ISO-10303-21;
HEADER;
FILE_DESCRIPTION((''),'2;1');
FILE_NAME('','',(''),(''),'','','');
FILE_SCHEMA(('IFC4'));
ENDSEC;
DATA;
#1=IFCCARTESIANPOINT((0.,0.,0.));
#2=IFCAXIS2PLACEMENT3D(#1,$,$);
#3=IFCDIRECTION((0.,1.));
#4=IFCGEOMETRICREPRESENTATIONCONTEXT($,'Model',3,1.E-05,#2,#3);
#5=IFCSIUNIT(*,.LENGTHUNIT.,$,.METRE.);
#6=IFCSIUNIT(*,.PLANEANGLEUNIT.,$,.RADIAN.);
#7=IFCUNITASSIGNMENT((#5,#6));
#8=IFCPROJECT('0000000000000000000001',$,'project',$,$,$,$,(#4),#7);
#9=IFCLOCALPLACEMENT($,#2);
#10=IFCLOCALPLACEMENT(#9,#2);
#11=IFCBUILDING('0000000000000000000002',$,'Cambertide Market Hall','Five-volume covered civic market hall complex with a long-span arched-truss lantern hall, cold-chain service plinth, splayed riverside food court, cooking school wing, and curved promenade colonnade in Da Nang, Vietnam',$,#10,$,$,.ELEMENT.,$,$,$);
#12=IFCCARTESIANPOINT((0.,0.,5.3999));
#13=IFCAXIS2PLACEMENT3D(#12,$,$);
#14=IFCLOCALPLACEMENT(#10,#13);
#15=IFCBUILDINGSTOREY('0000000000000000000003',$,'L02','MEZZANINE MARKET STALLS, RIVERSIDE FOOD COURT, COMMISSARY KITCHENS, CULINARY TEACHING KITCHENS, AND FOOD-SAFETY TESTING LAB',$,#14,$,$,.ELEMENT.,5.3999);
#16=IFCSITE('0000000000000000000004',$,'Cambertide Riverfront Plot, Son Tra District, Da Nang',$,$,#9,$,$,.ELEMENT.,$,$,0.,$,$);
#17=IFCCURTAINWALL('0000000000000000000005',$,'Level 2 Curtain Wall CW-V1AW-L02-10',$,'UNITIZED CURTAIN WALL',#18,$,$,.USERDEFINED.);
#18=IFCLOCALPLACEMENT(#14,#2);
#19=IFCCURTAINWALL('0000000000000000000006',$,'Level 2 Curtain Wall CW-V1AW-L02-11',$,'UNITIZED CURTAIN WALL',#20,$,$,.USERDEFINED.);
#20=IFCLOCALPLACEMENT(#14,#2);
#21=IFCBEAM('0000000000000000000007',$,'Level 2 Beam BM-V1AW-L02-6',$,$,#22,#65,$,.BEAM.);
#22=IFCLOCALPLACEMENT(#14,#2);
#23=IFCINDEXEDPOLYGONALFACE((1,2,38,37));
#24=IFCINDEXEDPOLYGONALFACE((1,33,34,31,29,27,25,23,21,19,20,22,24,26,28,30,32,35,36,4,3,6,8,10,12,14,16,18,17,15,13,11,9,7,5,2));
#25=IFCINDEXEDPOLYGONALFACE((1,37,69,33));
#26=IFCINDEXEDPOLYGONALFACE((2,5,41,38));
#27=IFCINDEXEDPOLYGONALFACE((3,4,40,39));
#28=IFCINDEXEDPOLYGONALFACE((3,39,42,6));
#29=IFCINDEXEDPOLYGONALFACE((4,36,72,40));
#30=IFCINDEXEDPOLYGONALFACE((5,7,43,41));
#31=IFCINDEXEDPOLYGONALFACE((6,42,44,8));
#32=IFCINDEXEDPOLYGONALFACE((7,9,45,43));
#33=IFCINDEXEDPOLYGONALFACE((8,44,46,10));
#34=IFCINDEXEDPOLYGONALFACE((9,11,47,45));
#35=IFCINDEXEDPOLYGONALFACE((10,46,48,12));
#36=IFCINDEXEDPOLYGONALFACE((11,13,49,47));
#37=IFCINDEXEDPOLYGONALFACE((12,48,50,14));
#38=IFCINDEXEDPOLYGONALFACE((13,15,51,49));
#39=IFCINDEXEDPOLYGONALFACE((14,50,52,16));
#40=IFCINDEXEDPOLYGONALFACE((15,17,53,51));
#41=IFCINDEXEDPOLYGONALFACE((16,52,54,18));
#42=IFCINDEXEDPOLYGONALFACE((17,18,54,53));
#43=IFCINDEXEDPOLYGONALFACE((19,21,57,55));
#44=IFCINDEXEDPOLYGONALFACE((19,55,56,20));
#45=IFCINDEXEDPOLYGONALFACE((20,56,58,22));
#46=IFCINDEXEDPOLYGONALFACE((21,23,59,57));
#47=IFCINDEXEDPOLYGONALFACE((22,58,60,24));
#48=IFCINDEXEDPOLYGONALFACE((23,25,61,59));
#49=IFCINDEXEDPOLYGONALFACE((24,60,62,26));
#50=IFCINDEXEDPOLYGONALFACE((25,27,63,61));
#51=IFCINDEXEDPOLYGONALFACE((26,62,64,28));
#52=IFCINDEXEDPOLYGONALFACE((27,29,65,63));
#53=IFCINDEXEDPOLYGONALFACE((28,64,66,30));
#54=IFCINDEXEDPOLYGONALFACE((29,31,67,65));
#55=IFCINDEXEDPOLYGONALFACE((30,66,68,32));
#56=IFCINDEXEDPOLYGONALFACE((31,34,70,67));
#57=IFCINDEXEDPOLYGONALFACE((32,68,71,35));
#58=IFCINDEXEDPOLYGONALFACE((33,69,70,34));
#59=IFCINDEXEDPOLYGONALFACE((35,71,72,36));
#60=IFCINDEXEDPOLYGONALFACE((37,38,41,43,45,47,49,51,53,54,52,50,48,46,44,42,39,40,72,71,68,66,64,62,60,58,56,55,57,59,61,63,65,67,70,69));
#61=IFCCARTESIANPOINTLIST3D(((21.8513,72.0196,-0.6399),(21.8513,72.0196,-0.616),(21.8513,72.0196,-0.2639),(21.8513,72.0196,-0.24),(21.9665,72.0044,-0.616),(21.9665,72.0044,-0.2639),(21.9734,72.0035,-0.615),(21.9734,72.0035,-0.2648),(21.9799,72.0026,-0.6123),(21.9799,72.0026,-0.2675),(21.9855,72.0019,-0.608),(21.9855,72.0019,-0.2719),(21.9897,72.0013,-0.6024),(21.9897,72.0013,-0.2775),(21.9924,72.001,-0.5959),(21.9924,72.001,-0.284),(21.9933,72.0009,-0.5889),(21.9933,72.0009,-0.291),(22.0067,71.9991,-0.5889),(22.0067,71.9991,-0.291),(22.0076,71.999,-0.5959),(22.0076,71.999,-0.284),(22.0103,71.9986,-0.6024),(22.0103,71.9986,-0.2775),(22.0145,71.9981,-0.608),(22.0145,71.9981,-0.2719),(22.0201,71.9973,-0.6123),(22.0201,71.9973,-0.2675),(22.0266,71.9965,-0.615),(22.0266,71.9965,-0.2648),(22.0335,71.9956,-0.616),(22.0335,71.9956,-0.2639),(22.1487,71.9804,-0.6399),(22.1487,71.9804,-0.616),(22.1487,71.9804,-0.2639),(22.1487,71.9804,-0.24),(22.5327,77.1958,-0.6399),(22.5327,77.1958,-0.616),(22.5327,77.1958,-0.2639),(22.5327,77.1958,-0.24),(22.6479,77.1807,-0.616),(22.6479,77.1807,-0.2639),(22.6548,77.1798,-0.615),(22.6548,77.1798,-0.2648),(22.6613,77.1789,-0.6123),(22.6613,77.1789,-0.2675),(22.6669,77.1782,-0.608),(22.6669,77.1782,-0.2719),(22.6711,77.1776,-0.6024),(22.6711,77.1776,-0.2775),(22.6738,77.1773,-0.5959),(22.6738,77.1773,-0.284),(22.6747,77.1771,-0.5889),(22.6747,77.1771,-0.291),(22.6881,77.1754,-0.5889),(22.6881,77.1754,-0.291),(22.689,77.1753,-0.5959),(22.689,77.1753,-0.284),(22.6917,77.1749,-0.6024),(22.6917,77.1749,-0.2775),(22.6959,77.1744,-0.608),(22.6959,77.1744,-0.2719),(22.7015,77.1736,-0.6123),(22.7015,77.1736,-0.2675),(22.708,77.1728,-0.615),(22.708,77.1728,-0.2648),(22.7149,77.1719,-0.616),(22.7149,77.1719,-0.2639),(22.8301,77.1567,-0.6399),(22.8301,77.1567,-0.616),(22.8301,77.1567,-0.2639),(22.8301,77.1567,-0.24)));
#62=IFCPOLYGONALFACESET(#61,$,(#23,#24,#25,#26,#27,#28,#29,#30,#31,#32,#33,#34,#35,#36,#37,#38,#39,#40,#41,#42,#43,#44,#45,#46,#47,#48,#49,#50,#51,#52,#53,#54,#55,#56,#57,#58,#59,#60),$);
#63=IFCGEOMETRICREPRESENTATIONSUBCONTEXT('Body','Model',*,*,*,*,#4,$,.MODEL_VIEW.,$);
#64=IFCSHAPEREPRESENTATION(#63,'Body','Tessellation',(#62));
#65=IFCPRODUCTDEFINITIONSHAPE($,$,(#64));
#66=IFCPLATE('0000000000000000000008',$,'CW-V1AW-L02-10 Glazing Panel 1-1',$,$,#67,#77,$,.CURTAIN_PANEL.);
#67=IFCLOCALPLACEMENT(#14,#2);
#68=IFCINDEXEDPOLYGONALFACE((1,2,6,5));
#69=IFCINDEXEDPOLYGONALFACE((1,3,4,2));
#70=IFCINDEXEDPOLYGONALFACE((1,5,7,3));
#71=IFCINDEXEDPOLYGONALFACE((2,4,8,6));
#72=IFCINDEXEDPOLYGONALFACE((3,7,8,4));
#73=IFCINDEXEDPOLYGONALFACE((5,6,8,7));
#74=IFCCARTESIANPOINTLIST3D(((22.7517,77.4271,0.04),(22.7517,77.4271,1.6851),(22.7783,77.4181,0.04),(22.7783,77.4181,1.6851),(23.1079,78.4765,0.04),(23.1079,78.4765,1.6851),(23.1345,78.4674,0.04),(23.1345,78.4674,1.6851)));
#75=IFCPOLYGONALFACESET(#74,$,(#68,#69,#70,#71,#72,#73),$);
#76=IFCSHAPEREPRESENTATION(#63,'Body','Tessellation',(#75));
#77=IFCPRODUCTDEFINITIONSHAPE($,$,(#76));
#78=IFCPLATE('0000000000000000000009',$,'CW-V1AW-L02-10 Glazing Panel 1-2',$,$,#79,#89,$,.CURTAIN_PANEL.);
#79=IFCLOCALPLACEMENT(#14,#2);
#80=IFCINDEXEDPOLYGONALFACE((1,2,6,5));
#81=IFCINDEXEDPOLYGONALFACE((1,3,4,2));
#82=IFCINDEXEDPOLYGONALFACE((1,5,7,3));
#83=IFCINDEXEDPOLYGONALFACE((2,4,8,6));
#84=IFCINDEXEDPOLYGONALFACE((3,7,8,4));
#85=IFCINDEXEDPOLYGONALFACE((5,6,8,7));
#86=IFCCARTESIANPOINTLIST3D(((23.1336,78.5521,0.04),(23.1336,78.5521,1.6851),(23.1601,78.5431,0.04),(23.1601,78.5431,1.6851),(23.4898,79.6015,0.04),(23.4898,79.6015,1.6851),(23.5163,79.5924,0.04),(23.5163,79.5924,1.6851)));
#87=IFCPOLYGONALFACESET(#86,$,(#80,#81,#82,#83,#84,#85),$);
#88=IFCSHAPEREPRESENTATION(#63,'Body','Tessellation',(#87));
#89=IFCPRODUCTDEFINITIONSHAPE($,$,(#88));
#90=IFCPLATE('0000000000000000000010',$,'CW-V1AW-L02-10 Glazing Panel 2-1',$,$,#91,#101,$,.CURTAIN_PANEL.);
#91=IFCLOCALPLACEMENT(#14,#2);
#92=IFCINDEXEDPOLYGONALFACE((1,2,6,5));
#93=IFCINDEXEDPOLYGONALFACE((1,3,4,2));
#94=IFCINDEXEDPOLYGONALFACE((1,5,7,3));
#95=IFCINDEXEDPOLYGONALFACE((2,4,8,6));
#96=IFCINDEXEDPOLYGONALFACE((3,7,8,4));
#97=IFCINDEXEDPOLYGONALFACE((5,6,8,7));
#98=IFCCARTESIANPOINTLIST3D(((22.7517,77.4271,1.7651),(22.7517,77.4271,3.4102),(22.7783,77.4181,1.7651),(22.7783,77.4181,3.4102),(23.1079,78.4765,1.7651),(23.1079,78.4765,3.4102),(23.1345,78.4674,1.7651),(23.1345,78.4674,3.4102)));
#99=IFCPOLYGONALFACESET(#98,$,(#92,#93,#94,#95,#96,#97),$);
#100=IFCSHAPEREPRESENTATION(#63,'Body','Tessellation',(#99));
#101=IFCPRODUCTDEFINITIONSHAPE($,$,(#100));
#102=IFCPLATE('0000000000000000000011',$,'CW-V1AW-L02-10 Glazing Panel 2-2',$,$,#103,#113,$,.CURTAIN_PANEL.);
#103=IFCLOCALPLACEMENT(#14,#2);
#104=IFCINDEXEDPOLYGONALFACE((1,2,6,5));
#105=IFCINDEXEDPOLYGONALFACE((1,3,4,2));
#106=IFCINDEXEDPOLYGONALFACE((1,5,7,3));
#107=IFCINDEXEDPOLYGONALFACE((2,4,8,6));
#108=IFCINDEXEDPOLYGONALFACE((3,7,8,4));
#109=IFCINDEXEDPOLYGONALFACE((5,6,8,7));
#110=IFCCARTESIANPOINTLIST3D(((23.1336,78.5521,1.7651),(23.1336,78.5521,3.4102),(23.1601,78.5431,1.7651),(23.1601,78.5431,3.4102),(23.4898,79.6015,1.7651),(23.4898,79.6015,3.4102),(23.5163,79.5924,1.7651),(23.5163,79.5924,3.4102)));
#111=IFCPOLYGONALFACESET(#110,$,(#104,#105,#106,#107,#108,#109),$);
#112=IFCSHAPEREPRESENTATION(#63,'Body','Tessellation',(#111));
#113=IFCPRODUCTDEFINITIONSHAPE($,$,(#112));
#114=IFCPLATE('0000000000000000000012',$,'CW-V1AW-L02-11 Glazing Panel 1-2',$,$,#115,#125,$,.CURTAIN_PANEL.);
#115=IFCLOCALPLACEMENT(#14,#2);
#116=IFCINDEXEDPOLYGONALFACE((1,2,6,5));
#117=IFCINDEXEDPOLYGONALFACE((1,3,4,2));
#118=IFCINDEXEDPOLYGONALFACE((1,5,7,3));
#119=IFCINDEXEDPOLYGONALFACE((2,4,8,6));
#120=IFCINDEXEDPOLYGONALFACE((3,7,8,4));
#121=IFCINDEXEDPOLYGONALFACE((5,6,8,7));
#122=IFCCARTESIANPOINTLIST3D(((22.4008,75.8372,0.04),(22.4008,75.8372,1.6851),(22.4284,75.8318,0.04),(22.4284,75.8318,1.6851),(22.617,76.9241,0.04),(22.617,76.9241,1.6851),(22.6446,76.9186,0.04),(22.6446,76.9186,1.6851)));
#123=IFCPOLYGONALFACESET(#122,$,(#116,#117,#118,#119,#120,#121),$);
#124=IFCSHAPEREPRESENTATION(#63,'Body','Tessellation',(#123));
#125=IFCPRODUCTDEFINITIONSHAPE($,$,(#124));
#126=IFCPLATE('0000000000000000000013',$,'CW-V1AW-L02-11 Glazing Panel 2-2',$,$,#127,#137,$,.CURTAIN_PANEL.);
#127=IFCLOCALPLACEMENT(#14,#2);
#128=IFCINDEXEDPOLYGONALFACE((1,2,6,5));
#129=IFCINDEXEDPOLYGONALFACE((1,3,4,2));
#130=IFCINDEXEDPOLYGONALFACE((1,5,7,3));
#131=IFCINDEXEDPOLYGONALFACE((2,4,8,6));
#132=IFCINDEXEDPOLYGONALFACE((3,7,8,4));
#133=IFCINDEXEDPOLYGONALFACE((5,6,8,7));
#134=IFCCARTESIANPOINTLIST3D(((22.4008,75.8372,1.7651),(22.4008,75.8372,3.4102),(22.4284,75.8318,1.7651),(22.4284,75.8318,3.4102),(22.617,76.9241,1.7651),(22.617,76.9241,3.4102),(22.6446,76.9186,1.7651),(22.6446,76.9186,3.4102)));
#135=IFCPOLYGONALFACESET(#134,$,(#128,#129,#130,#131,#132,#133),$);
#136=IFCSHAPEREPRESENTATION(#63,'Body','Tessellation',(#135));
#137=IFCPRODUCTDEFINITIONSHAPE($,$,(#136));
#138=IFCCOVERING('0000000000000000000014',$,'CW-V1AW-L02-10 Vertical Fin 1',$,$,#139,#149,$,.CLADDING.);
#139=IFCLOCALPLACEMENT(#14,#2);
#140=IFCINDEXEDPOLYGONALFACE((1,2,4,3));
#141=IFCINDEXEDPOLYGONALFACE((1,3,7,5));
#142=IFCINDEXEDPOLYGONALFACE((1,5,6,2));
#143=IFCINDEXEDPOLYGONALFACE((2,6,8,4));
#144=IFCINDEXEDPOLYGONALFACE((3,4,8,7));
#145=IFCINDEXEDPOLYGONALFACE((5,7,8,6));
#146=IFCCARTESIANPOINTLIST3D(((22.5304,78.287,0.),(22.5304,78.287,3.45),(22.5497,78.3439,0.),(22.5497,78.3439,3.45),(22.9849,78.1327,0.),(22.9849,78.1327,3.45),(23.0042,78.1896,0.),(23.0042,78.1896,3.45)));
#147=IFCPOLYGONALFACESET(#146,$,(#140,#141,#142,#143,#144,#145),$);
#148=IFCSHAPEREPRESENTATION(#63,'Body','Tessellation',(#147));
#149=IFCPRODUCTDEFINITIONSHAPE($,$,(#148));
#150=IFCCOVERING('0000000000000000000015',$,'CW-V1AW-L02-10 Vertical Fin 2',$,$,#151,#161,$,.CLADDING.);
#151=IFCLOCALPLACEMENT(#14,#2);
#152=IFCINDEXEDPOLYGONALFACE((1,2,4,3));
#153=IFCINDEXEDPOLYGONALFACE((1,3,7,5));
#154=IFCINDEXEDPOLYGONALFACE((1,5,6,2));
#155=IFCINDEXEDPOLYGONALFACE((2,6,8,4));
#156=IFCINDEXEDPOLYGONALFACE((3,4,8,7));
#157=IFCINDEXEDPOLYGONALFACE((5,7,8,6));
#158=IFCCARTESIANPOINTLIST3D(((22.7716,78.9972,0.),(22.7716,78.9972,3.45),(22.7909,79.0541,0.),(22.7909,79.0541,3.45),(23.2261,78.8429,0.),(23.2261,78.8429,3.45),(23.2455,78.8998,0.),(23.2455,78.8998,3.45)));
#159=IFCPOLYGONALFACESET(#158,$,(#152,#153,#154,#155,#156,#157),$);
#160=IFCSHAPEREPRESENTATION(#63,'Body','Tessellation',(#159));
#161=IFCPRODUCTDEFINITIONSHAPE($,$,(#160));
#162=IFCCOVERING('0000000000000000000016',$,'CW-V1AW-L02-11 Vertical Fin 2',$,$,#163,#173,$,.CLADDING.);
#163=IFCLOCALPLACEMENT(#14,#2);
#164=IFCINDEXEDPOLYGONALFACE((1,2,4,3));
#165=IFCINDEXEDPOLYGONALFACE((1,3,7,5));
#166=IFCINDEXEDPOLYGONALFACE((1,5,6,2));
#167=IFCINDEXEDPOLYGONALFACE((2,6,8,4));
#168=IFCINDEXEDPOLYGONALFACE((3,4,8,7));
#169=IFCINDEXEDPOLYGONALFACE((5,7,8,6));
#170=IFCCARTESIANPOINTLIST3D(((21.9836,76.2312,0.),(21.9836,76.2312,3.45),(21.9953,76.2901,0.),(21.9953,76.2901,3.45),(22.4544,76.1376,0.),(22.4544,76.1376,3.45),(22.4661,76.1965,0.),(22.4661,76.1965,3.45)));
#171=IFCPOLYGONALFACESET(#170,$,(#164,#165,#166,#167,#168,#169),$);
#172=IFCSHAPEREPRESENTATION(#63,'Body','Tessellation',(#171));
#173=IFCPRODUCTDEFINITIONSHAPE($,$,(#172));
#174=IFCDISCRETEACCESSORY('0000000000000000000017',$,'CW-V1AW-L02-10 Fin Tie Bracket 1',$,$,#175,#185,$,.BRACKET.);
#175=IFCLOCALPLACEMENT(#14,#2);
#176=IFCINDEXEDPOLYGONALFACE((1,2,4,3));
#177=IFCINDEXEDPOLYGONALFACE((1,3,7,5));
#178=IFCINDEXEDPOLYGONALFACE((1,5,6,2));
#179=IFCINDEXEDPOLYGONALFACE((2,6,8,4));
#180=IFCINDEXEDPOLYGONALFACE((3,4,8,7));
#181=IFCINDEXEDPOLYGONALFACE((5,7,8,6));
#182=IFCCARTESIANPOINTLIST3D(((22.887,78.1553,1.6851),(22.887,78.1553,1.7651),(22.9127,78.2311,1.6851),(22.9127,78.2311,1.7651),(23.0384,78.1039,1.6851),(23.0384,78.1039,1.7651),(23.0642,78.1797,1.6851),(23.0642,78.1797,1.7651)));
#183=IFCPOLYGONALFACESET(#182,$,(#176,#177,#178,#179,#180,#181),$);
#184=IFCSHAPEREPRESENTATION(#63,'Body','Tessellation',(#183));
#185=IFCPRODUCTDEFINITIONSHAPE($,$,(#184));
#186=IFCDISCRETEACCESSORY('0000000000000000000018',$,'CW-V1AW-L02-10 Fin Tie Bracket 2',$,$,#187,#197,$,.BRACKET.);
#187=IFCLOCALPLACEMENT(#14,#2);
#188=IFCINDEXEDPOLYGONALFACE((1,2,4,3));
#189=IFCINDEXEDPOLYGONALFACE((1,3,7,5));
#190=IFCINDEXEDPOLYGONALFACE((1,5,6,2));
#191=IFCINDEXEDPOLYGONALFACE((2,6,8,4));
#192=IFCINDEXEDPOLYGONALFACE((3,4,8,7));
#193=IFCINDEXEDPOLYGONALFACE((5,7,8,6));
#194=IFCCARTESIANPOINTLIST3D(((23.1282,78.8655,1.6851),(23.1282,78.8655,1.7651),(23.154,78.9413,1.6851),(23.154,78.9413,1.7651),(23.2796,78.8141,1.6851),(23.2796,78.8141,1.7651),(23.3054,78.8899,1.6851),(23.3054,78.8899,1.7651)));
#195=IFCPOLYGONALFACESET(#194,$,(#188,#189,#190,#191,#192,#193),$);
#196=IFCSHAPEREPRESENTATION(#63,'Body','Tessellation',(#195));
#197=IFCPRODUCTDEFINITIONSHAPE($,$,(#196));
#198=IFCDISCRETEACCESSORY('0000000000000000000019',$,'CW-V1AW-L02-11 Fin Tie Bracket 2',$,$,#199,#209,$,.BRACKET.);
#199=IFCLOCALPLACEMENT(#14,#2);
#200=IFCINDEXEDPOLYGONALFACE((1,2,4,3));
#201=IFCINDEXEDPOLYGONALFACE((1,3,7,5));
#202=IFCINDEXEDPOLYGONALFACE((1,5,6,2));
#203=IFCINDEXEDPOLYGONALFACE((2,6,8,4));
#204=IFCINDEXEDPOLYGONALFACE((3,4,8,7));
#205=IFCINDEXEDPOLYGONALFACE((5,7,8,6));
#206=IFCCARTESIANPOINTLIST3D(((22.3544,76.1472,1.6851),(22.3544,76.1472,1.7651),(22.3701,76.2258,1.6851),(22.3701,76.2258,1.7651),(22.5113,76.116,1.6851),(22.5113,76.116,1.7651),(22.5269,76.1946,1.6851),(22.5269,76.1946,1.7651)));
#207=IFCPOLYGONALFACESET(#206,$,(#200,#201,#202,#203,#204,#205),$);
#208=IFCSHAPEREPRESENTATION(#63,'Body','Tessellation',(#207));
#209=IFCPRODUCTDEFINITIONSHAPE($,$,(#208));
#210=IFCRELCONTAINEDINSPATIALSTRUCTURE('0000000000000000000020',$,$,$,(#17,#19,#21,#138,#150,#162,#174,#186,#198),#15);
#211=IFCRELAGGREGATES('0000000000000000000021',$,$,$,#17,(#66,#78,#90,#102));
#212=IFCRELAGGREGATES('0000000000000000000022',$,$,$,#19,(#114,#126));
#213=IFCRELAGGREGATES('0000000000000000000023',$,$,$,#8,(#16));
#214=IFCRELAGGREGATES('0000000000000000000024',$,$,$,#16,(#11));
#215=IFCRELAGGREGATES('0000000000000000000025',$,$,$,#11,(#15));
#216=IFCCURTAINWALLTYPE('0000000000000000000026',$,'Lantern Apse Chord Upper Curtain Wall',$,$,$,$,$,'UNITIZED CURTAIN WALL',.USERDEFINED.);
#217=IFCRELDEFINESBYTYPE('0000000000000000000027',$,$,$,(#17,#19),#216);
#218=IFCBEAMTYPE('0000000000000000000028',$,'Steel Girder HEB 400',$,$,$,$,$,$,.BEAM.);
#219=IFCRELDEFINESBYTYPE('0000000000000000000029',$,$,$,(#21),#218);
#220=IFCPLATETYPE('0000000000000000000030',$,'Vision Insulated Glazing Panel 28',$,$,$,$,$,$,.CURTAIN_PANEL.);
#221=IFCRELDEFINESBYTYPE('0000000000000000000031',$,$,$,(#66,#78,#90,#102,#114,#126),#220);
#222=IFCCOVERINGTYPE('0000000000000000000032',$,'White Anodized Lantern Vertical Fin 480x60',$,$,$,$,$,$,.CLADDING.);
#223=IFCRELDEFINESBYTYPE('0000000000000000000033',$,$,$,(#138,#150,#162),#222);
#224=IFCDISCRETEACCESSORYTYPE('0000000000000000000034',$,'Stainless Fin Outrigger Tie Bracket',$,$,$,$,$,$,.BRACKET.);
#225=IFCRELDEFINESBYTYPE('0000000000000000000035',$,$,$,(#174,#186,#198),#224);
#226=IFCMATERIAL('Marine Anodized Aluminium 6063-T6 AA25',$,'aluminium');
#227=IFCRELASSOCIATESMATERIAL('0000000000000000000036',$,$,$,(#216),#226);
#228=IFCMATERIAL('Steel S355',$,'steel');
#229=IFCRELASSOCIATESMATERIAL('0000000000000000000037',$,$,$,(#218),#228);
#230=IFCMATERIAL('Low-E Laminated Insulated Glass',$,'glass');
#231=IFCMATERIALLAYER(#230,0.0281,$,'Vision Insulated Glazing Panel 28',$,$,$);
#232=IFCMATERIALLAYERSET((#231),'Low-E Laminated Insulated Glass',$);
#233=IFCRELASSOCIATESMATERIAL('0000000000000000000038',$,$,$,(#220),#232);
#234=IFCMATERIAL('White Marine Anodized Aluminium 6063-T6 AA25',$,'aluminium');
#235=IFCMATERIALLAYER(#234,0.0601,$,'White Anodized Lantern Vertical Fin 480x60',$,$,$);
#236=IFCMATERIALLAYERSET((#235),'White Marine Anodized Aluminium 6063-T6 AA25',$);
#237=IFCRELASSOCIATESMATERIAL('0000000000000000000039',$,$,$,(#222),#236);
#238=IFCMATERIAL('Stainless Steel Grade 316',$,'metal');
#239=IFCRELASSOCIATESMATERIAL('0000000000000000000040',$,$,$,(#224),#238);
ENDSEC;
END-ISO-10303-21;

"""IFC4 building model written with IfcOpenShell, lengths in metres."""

from ifc_helpers import new_model, si_unit, direction, frame, origin, origin_2d, place, context, subcontext, project, spatial, rectangle, i_section, extrude, material, layer, layer_set, material_profile, profile_set, type_object, element, aggregate, save


model = new_model("IFC4")

# Units and contexts
model_context = context("Model", 3, precision=1e-05, world=origin(), true_north=direction((0.0, 1.0)))
body_context = subcontext(model_context, "Body", "Model", "MODEL_VIEW")
ifc_project = project(units=[si_unit("LENGTHUNIT", "METRE"), si_unit("PLANEANGLEUNIT", "RADIAN")], contexts=[model_context])

# Site, building, storey
site_placement = place(None, origin())
site = spatial("IfcSite", under=ifc_project, at=site_placement, Name="Cambertide Riverfront Plot, Son Tra District, Da Nang", CompositionType="ELEMENT", RefElevation=0.0)
building_placement = place(site_placement, origin())
building = spatial("IfcBuilding", under=site, at=building_placement, Name="Cambertide Market Hall", Description="Five-volume covered civic market hall complex with a long-span arched-truss lantern hall, cold-chain service plinth, splayed riverside food court, cooking school wing, and curved promenade colonnade in Da Nang, Vietnam", CompositionType="ELEMENT")
storey_placement = place(building_placement, frame((0.0, 0.0, 5.3999)))
storey = spatial("IfcBuildingStorey", under=building, at=storey_placement, Name="L02", Description="MEZZANINE MARKET STALLS, RIVERSIDE FOOD COURT, COMMISSARY KITCHENS, CULINARY TEACHING KITCHENS, AND FOOD-SAFETY TESTING LAB", CompositionType="ELEMENT", Elevation=5.3999)

# Shared definitions
ifc_material_1 = material(Name="Marine Anodized Aluminium 6063-T6 AA25", Category="aluminium")
curtain_wall_type = type_object("IfcCurtainWallType", Name="Lantern Apse Chord Upper Curtain Wall", ElementType="UNITIZED CURTAIN WALL", PredefinedType="USERDEFINED", material=ifc_material_1)

# Curtain wall
curtain_wall_1_placement = place(storey_placement, origin())
curtain_wall_1 = element("IfcCurtainWall", 1, at=curtain_wall_1_placement, inside=storey, type_object=curtain_wall_type, Name="Level 2 Curtain Wall CW-V1AW-L02-10", ObjectType="UNITIZED CURTAIN WALL", PredefinedType="USERDEFINED")

# Curtain wall
curtain_wall_2_placement = place(storey_placement, origin())
curtain_wall_2 = element("IfcCurtainWall", 2, at=curtain_wall_2_placement, inside=storey, type_object=curtain_wall_type, Name="Level 2 Curtain Wall CW-V1AW-L02-11", ObjectType="UNITIZED CURTAIN WALL", PredefinedType="USERDEFINED")

# Beam
ifc_material_2 = material(Name="Steel S355", Category="steel")
ifc_material_profile_1 = material_profile(ifc_material_2, i_section(OverallWidth=0.3, OverallDepth=0.3999, WebThickness=0.0134, FlangeThickness=0.0239, FilletRadius=0.0271, at=origin_2d()), Name="HEB 400")
ifc_profile_set_1 = profile_set([ifc_material_profile_1], Name="Steel S355")
beam_type_1 = type_object("IfcBeamType", Name="Steel Girder HEB 400", PredefinedType="BEAM", material=ifc_profile_set_1)
beam_1_placement = place(storey_placement, frame((22.6814, 77.1763, -0.4399), z_axis=(-0.130513, -0.991447, 0.0), x_axis=(0.991447, -0.130513, 0.0)))
element("IfcBeam", 3, at=beam_1_placement, inside=storey, type_object=beam_type_1, Name="Level 2 Beam BM-V1AW-L02-6", PredefinedType="BEAM", context=body_context, shape_type="SweptSolid", body=[
    extrude(i_section(OverallWidth=0.3, OverallDepth=0.3999, WebThickness=0.0134, FlangeThickness=0.0239, FilletRadius=0.0271, at=origin_2d()), origin(), (0.0, 0.0, 1.0), 5.2209),
])

# Plates
ifc_material_3 = material(Name="Low-E Laminated Insulated Glass", Category="glass")
ifc_layer_1 = layer(ifc_material_3, 0.0281, Name="Vision Insulated Glazing Panel 28")
ifc_layer_set_1 = layer_set([ifc_layer_1], Name="Low-E Laminated Insulated Glass")
plate_type = type_object("IfcPlateType", Name="Vision Insulated Glazing Panel 28", PredefinedType="CURTAIN_PANEL", material=ifc_layer_set_1)
plate_1_placement = place(storey_placement, frame((22.9431, 77.9473, 0.04), z_axis=(0.0, 0.0, 1.0), x_axis=(0.321439, 0.94693, 0.0)))
plate_1 = element("IfcPlate", 4, at=plate_1_placement, type_object=plate_type, Name="CW-V1AW-L02-10 Glazing Panel 1-1", PredefinedType="CURTAIN_PANEL", context=body_context, shape_type="SweptSolid", body=[
    extrude(rectangle(XDim=1.1082, YDim=0.0281, at=origin_2d()), origin(), (0.0, 0.0, 1.0), 1.645),
])
plate_2_placement = place(storey_placement, frame((23.325, 79.0723, 0.04), z_axis=(0.0, 0.0, 1.0), x_axis=(0.321439, 0.94693, 0.0)))
plate_2 = element("IfcPlate", 5, at=plate_2_placement, type_object=plate_type, Name="CW-V1AW-L02-10 Glazing Panel 1-2", PredefinedType="CURTAIN_PANEL", context=body_context, shape_type="SweptSolid", body=[
    extrude(rectangle(XDim=1.1082, YDim=0.0281, at=origin_2d()), origin(), (0.0, 0.0, 1.0), 1.645),
])
plate_3_placement = place(storey_placement, frame((22.9431, 77.9473, 1.7651), z_axis=(0.0, 0.0, 1.0), x_axis=(0.321439, 0.94693, 0.0)))
plate_3 = element("IfcPlate", 6, at=plate_3_placement, type_object=plate_type, Name="CW-V1AW-L02-10 Glazing Panel 2-1", PredefinedType="CURTAIN_PANEL", context=body_context, shape_type="SweptSolid", body=[
    extrude(rectangle(XDim=1.1082, YDim=0.0281, at=origin_2d()), origin(), (0.0, 0.0, 1.0), 1.645),
])
plate_4_placement = place(storey_placement, frame((23.325, 79.0723, 1.7651), z_axis=(0.0, 0.0, 1.0), x_axis=(0.321439, 0.94693, 0.0)))
plate_4 = element("IfcPlate", 7, at=plate_4_placement, type_object=plate_type, Name="CW-V1AW-L02-10 Glazing Panel 2-2", PredefinedType="CURTAIN_PANEL", context=body_context, shape_type="SweptSolid", body=[
    extrude(rectangle(XDim=1.1082, YDim=0.0281, at=origin_2d()), origin(), (0.0, 0.0, 1.0), 1.645),
])
aggregate(curtain_wall_1, [plate_1, plate_2, plate_3, plate_4])
plate_5_placement = place(storey_placement, frame((22.5227, 76.3779, 0.04), z_axis=(0.0, 0.0, 1.0), x_axis=(0.19509, 0.980785, 0.0)))
plate_5 = element("IfcPlate", 8, at=plate_5_placement, type_object=plate_type, Name="CW-V1AW-L02-11 Glazing Panel 1-2", PredefinedType="CURTAIN_PANEL", context=body_context, shape_type="SweptSolid", body=[
    extrude(rectangle(XDim=1.1082, YDim=0.0281, at=origin_2d()), origin(), (0.0, 0.0, 1.0), 1.645),
])
plate_6_placement = place(storey_placement, frame((22.5227, 76.3779, 1.7651), z_axis=(0.0, 0.0, 1.0), x_axis=(0.19509, 0.980785, 0.0)))
plate_6 = element("IfcPlate", 9, at=plate_6_placement, type_object=plate_type, Name="CW-V1AW-L02-11 Glazing Panel 2-2", PredefinedType="CURTAIN_PANEL", context=body_context, shape_type="SweptSolid", body=[
    extrude(rectangle(XDim=1.1082, YDim=0.0281, at=origin_2d()), origin(), (0.0, 0.0, 1.0), 1.645),
])
aggregate(curtain_wall_2, [plate_5, plate_6])

# Coverings
ifc_material_4 = material(Name="White Marine Anodized Aluminium 6063-T6 AA25", Category="aluminium")
ifc_layer_2 = layer(ifc_material_4, 0.0601, Name="White Anodized Lantern Vertical Fin 480x60")
ifc_layer_set_2 = layer_set([ifc_layer_2], Name="White Marine Anodized Aluminium 6063-T6 AA25")
covering_type = type_object("IfcCoveringType", Name="White Anodized Lantern Vertical Fin 480x60", PredefinedType="CLADDING", material=ifc_layer_set_2)
for number, where, z_axis, x_axis, name in (
    (10, (22.7673, 78.2383, 0.0), (0.0, 0.0, 1.0), (0.321439, 0.94693, 0.0), "CW-V1AW-L02-10 Vertical Fin 1"),
    (11, (23.0085, 78.9485, 0.0), (0.0, 0.0, 1.0), (0.321439, 0.94693, 0.0), "CW-V1AW-L02-10 Vertical Fin 2"),
    (12, (22.2249, 76.2139, 0.0), (0.0, 0.0, 1.0), (0.19509, 0.980785, 0.0), "CW-V1AW-L02-11 Vertical Fin 2"),
):
    element("IfcCovering", number, at=place(storey_placement, frame(where, z_axis=z_axis, x_axis=x_axis)), inside=storey, type_object=covering_type, Name=name, PredefinedType="CLADDING", context=body_context, shape_type="SweptSolid", body=[
        extrude(rectangle(XDim=0.0601, YDim=0.48, at=origin_2d()), origin(), (0.0, 0.0, 1.0), 3.45),
    ])

# Discrete accessories
ifc_material_5 = material(Name="Stainless Steel Grade 316", Category="metal")
discrete_accessory_type = type_object("IfcDiscreteAccessoryType", Name="Stainless Fin Outrigger Tie Bracket", PredefinedType="BRACKET", material=ifc_material_5)
for number, where, z_axis, x_axis, name in (
    (13, (22.9756, 78.1675, 1.6851), (0.0, 0.0, 1.0), (0.321439, 0.94693, 0.0), "CW-V1AW-L02-10 Fin Tie Bracket 1"),
    (14, (23.2168, 78.8777, 1.6851), (0.0, 0.0, 1.0), (0.321439, 0.94693, 0.0), "CW-V1AW-L02-10 Fin Tie Bracket 2"),
    (15, (22.4407, 76.1709, 1.6851), (0.0, 0.0, 1.0), (0.19509, 0.980785, 0.0), "CW-V1AW-L02-11 Fin Tie Bracket 2"),
):
    element("IfcDiscreteAccessory", number, at=place(storey_placement, frame(where, z_axis=z_axis, x_axis=x_axis)), inside=storey, type_object=discrete_accessory_type, Name=name, PredefinedType="BRACKET", context=body_context, shape_type="SweptSolid", body=[
        extrude(rectangle(XDim=0.0801, YDim=0.1599, at=origin_2d()), origin(), (0.0, 0.0, 1.0), 0.0801),
    ])

save(model, "model.ifc")
